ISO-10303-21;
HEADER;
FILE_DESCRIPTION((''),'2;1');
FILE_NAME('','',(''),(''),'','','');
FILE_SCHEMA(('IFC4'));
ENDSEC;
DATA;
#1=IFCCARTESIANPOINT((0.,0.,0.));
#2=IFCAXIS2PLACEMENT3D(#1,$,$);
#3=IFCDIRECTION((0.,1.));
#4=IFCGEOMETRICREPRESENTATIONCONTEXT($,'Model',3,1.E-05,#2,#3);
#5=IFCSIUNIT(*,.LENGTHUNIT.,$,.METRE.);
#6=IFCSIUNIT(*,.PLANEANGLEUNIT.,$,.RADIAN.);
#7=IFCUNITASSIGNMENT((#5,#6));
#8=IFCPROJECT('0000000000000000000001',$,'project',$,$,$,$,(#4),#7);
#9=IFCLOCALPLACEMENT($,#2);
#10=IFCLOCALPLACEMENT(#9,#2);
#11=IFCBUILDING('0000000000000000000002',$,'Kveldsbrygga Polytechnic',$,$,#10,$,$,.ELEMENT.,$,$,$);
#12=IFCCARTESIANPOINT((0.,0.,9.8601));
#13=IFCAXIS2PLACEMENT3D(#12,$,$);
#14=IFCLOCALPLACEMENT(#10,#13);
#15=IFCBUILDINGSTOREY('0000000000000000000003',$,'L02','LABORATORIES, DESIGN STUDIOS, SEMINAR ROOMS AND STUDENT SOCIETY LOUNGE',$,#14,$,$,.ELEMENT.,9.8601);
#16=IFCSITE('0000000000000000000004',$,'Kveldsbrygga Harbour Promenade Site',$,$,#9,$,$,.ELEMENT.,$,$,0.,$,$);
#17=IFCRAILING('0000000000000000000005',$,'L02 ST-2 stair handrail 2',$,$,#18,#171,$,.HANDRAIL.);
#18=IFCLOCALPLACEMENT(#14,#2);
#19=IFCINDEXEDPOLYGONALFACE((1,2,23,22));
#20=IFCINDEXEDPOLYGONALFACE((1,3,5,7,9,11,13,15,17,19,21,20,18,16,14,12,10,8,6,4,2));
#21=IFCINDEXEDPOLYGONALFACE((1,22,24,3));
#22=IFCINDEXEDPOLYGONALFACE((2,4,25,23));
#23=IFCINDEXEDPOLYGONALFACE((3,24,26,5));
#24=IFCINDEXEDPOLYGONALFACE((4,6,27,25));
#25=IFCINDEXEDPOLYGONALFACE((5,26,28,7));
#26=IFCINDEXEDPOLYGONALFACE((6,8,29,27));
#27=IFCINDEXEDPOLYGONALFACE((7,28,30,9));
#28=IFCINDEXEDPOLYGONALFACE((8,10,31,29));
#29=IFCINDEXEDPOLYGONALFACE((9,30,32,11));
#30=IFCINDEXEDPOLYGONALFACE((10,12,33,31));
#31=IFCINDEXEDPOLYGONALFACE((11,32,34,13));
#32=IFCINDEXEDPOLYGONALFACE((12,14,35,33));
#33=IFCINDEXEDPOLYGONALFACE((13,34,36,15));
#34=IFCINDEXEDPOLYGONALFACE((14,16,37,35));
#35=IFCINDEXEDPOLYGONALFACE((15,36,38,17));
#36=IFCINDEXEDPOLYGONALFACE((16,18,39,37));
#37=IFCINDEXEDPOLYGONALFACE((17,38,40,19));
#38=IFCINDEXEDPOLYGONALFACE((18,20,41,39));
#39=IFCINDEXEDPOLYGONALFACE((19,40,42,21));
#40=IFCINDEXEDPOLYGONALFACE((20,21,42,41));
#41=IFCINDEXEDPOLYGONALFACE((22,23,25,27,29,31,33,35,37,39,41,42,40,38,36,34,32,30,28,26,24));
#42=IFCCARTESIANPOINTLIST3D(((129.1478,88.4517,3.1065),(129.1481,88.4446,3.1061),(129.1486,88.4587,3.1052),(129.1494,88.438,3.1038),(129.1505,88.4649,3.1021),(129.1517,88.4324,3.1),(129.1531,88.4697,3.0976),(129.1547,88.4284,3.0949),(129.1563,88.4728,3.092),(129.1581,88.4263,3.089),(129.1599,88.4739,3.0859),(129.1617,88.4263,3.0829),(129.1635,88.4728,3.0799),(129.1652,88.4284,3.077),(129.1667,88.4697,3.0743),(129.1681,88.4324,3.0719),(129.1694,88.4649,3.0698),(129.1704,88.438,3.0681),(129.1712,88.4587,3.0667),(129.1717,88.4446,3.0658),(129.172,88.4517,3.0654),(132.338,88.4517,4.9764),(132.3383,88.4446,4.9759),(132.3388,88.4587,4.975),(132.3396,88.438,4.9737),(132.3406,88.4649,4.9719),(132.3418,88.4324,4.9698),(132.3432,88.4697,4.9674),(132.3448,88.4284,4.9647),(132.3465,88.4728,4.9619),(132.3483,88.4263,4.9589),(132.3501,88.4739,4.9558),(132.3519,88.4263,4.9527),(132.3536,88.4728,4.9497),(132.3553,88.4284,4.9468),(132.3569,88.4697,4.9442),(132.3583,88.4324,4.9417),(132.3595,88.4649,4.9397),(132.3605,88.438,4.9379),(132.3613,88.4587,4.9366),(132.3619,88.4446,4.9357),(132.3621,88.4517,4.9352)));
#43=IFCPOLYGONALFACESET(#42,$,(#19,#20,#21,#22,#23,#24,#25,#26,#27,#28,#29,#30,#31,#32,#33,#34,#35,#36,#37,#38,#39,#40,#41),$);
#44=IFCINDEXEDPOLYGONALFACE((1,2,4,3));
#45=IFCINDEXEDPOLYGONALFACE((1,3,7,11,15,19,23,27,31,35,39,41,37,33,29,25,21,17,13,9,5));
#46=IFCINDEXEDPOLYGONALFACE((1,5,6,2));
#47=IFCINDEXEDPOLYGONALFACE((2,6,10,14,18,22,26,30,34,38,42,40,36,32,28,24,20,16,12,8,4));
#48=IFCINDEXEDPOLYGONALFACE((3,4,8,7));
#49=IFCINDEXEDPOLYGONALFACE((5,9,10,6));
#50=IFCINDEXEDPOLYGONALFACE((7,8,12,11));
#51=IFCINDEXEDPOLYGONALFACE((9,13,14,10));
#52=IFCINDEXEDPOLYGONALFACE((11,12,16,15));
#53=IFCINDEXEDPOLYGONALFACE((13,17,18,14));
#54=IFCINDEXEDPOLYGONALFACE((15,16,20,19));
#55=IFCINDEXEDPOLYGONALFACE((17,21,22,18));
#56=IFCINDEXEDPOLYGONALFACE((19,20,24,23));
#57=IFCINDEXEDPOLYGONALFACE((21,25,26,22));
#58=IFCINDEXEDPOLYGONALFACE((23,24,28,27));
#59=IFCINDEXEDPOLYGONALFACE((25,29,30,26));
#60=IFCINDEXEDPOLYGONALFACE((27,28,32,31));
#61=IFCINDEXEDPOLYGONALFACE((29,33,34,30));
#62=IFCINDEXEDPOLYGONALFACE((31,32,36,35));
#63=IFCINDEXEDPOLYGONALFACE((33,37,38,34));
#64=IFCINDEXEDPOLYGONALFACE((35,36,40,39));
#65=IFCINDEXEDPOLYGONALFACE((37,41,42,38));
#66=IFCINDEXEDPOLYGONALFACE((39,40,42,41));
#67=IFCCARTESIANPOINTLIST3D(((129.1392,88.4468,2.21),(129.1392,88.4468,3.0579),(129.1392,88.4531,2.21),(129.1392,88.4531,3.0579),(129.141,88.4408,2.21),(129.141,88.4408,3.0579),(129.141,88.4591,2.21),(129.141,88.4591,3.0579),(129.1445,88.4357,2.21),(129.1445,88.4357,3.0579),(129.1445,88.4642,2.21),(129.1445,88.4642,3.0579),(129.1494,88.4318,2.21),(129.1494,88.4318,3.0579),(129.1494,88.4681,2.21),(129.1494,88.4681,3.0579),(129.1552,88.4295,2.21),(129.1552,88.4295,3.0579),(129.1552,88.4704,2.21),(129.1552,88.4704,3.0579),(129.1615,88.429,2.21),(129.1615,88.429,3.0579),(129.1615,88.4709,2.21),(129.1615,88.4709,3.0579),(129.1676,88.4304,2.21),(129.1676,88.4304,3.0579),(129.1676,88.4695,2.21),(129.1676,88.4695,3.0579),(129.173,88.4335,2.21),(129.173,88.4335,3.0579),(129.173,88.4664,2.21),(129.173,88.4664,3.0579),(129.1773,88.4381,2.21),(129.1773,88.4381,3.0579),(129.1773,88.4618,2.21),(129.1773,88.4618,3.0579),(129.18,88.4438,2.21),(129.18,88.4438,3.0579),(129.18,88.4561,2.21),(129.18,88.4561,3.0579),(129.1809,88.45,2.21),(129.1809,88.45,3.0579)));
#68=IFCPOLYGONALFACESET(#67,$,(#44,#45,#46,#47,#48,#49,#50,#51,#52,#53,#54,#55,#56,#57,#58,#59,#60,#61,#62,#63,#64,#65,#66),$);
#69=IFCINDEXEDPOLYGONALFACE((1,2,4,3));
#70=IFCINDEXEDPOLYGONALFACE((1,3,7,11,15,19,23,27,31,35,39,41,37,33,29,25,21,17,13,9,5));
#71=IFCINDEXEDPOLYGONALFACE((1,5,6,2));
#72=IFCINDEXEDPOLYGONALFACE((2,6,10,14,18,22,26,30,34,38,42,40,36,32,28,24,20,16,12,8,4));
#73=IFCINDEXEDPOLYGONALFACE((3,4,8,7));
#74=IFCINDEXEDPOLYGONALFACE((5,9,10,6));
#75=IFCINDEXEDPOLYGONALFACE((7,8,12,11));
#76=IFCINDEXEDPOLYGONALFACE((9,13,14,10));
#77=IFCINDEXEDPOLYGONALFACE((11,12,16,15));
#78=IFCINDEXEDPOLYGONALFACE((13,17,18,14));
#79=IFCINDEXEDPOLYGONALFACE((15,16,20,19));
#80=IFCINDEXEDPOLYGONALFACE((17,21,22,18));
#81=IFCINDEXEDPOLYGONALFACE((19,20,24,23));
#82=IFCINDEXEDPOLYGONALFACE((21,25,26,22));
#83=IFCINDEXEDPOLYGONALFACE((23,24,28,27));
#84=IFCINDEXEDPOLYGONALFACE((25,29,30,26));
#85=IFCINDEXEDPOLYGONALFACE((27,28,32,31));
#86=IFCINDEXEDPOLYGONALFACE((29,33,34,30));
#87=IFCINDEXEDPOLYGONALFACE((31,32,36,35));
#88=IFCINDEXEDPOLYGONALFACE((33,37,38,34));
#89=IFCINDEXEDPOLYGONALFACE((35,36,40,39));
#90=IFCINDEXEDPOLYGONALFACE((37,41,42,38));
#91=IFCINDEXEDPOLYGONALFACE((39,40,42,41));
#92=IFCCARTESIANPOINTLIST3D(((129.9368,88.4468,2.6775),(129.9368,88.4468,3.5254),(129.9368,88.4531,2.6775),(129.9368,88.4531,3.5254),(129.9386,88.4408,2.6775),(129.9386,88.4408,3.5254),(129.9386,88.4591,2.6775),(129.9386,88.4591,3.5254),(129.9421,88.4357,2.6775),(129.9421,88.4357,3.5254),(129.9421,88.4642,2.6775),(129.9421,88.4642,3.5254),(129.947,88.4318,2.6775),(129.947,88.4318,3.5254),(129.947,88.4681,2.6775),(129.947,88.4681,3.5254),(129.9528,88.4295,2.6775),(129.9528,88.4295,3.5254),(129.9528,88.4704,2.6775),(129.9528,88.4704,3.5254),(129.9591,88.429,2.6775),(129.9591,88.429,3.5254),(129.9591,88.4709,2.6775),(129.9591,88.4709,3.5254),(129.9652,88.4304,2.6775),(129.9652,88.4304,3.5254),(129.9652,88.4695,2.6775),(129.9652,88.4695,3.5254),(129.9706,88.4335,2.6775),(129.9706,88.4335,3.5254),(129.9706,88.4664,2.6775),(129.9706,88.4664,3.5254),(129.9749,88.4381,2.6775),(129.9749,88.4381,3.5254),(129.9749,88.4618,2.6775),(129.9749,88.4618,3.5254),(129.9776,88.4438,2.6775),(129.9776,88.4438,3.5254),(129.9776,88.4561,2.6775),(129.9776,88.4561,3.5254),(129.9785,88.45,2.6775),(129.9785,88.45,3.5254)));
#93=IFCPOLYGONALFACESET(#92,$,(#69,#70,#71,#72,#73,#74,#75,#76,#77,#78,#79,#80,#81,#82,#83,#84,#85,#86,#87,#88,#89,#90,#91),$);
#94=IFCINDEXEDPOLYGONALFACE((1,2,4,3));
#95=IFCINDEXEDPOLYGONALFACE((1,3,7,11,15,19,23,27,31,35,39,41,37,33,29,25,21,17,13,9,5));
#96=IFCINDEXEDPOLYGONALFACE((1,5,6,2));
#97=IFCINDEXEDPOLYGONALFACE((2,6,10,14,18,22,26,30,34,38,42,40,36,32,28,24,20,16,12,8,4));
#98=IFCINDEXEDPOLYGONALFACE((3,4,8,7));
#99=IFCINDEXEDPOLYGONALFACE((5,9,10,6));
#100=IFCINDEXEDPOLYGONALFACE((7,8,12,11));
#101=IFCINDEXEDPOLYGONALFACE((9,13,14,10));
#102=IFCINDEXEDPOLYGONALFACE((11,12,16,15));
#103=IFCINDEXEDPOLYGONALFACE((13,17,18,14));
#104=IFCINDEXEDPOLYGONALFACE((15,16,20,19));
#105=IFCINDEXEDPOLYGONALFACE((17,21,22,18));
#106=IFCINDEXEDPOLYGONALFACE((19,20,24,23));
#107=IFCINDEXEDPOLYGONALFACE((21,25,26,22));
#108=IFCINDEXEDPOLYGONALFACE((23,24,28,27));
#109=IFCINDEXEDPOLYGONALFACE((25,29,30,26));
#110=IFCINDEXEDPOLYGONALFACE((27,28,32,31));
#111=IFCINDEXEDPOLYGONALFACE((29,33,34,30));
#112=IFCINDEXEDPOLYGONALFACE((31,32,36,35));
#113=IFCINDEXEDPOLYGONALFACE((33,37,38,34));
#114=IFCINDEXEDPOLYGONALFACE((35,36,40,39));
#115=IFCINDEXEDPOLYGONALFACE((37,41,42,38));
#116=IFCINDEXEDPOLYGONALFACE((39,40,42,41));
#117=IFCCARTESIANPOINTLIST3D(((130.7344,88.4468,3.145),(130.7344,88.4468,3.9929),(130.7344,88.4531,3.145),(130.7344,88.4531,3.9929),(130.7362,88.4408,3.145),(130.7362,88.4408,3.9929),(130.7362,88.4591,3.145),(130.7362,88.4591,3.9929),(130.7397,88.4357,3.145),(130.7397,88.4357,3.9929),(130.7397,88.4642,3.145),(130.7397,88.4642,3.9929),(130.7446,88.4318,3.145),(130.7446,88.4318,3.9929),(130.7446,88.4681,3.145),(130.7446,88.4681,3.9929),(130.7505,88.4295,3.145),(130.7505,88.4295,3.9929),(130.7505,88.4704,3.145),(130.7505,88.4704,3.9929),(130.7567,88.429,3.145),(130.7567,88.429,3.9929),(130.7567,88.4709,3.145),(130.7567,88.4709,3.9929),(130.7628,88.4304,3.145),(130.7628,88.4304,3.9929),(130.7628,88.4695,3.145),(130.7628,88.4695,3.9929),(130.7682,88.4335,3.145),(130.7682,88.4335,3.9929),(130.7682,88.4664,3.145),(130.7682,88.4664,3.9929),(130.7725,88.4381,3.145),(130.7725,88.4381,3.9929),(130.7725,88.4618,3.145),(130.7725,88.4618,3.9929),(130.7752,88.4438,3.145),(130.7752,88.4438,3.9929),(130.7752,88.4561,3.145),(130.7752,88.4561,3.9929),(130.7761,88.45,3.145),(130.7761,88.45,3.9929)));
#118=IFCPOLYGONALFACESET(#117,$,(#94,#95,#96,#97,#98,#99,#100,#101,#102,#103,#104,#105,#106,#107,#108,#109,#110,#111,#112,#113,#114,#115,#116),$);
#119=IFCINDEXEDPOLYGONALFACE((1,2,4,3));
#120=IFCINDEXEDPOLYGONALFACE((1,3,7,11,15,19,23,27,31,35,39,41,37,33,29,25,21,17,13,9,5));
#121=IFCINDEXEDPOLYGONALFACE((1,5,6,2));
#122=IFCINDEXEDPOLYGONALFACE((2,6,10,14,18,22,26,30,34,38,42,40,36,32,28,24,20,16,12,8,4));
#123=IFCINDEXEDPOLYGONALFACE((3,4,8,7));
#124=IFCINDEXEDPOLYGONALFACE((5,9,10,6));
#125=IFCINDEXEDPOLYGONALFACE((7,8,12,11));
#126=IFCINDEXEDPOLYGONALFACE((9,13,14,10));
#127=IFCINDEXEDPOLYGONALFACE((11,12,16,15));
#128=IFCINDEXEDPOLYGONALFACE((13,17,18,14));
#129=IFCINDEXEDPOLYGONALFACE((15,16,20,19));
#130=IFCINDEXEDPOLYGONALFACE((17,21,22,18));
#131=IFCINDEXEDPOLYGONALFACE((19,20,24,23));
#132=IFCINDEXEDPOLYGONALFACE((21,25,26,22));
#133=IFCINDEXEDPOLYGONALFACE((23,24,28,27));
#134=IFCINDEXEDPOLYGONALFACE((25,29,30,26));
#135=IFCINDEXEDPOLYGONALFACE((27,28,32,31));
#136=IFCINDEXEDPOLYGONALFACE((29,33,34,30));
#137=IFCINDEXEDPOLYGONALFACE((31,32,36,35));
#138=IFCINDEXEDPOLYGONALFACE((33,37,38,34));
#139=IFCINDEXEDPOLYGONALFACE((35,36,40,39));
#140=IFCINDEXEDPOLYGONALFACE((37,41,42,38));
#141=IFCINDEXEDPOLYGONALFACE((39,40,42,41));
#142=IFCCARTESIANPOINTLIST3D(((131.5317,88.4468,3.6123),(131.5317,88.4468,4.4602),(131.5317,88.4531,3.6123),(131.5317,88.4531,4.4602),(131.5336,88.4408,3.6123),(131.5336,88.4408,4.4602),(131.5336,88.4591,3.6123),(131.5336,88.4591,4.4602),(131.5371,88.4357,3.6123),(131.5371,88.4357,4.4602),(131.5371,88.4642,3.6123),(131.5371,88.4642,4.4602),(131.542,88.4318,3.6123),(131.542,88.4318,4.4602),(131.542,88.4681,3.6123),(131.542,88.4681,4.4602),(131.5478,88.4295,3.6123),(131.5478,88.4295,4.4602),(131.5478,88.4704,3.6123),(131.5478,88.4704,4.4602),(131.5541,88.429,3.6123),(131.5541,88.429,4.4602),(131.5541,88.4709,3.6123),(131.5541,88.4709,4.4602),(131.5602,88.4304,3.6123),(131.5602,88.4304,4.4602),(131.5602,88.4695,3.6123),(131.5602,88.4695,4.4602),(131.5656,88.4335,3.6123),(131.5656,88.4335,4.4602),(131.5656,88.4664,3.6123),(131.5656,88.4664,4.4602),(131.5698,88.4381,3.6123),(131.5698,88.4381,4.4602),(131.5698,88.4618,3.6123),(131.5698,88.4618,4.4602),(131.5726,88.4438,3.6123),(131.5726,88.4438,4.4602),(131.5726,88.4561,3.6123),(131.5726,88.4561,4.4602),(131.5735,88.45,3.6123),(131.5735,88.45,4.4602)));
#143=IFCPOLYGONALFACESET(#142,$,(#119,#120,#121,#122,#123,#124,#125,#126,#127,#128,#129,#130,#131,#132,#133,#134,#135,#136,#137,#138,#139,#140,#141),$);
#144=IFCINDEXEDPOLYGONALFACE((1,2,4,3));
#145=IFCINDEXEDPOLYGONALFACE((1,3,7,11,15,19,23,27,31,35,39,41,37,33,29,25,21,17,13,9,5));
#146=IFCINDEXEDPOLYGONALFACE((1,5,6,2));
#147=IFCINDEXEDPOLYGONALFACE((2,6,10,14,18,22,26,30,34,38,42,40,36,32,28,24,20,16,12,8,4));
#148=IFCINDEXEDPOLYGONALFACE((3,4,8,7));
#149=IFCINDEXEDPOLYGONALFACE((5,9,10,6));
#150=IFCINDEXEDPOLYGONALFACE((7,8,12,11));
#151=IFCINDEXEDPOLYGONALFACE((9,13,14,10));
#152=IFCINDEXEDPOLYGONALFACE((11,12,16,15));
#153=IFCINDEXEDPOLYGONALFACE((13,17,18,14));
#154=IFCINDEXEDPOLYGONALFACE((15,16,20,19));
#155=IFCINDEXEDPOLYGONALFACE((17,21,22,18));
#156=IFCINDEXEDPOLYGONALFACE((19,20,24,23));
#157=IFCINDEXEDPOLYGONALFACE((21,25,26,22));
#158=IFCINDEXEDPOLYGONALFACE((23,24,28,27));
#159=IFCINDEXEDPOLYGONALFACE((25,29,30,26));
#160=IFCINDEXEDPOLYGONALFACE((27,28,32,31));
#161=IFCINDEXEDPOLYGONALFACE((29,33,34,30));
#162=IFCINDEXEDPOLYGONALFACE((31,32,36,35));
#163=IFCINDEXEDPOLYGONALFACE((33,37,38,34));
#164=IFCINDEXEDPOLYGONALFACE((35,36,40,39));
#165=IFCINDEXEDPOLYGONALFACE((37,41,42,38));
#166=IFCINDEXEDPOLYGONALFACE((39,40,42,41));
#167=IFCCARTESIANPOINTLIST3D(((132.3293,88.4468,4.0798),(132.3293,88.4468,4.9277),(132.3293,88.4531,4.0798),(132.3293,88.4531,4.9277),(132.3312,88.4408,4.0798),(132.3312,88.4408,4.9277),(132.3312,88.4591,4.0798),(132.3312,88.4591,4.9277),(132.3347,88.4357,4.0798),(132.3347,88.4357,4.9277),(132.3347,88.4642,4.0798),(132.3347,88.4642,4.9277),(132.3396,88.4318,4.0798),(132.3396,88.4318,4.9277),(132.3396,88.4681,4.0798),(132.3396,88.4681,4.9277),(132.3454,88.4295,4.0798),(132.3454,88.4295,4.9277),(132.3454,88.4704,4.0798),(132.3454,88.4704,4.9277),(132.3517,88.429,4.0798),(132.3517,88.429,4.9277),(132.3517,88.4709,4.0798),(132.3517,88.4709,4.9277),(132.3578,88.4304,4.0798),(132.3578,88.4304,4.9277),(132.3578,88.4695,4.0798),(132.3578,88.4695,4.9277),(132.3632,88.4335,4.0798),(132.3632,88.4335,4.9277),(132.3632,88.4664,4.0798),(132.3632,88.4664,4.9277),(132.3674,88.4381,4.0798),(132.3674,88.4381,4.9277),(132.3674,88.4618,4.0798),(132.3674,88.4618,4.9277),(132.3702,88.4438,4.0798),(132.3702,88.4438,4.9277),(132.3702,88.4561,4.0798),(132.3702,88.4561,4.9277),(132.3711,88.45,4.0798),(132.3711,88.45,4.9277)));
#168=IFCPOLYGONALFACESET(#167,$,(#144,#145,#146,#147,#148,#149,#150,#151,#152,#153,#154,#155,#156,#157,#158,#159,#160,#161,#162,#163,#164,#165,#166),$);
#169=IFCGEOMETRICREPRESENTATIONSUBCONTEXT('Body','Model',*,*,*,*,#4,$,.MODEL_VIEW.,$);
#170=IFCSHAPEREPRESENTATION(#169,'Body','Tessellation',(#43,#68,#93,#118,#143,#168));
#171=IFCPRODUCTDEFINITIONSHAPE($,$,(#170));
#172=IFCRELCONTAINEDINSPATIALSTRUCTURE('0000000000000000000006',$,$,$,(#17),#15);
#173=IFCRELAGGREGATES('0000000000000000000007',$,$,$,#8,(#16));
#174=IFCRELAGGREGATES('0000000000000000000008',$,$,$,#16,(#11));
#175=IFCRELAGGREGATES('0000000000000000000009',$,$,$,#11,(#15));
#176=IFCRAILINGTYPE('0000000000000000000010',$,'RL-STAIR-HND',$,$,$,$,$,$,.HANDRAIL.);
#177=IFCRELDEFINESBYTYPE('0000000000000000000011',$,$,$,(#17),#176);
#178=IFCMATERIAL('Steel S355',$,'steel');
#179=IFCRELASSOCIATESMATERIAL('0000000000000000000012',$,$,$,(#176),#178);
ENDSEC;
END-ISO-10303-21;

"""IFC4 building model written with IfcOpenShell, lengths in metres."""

from ifc_helpers import new_model, si_unit, direction, frame, origin, origin_2d, place, context, subcontext, project, spatial, circle, extrude, material, type_object, element, save


model = new_model("IFC4")

# Units and contexts
model_context = context("Model", 3, precision=1e-05, world=origin(), true_north=direction((0.0, 1.0)))
body_context = subcontext(model_context, "Body", "Model", "MODEL_VIEW")
ifc_project = project(units=[si_unit("LENGTHUNIT", "METRE"), si_unit("PLANEANGLEUNIT", "RADIAN")], contexts=[model_context])

# Site, building, storey
site_placement = place(None, origin())
site = spatial("IfcSite", under=ifc_project, at=site_placement, Name="Kveldsbrygga Harbour Promenade Site", CompositionType="ELEMENT", RefElevation=0.0)
building_placement = place(site_placement, origin())
building = spatial("IfcBuilding", under=site, at=building_placement, Name="Kveldsbrygga Polytechnic", CompositionType="ELEMENT")
storey_placement = place(building_placement, frame((0.0, 0.0, 9.8601)))
storey = spatial("IfcBuildingStorey", under=building, at=storey_placement, Name="L02", Description="LABORATORIES, DESIGN STUDIOS, SEMINAR ROOMS AND STUDENT SOCIETY LOUNGE", CompositionType="ELEMENT", Elevation=9.8601)

# Railing
ifc_material_1 = material(Name="Steel S355", Category="steel")
railing_type_1 = type_object("IfcRailingType", Name="RL-STAIR-HND", PredefinedType="HANDRAIL", material=ifc_material_1)
railing_1_placement = place(storey_placement, frame((129.1599, 88.45, 2.21)))
element("IfcRailing", 1, at=railing_1_placement, inside=storey, type_object=railing_type_1, Name="L02 ST-2 stair handrail 2", PredefinedType="HANDRAIL", context=body_context, shape_type="SweptSolid", body=[
    extrude(circle(Radius=0.0239, at=origin_2d()), frame((0.0, 0.0, 0.876), z_axis=(0.862726, 0.0, 0.505672), x_axis=(0.0, 1.0, 0.0)), (0.0, 0.0, 1.0), 3.6978),
    extrude(circle(Radius=0.021, at=origin_2d()), origin(), (0.0, 0.0, 1.0), 0.8479),
    extrude(circle(Radius=0.021, at=origin_2d()), frame((0.7976, 0.0, 0.4675)), (0.0, 0.0, 1.0), 0.8479),
    extrude(circle(Radius=0.021, at=origin_2d()), frame((1.5952, 0.0, 0.9351)), (0.0, 0.0, 1.0), 0.8479),
    extrude(circle(Radius=0.021, at=origin_2d()), frame((2.3926, 0.0, 1.4023)), (0.0, 0.0, 1.0), 0.8479),
    extrude(circle(Radius=0.021, at=origin_2d()), frame((3.1902, 0.0, 1.8699)), (0.0, 0.0, 1.0), 0.8479),
])

save(model, "model.ifc")
